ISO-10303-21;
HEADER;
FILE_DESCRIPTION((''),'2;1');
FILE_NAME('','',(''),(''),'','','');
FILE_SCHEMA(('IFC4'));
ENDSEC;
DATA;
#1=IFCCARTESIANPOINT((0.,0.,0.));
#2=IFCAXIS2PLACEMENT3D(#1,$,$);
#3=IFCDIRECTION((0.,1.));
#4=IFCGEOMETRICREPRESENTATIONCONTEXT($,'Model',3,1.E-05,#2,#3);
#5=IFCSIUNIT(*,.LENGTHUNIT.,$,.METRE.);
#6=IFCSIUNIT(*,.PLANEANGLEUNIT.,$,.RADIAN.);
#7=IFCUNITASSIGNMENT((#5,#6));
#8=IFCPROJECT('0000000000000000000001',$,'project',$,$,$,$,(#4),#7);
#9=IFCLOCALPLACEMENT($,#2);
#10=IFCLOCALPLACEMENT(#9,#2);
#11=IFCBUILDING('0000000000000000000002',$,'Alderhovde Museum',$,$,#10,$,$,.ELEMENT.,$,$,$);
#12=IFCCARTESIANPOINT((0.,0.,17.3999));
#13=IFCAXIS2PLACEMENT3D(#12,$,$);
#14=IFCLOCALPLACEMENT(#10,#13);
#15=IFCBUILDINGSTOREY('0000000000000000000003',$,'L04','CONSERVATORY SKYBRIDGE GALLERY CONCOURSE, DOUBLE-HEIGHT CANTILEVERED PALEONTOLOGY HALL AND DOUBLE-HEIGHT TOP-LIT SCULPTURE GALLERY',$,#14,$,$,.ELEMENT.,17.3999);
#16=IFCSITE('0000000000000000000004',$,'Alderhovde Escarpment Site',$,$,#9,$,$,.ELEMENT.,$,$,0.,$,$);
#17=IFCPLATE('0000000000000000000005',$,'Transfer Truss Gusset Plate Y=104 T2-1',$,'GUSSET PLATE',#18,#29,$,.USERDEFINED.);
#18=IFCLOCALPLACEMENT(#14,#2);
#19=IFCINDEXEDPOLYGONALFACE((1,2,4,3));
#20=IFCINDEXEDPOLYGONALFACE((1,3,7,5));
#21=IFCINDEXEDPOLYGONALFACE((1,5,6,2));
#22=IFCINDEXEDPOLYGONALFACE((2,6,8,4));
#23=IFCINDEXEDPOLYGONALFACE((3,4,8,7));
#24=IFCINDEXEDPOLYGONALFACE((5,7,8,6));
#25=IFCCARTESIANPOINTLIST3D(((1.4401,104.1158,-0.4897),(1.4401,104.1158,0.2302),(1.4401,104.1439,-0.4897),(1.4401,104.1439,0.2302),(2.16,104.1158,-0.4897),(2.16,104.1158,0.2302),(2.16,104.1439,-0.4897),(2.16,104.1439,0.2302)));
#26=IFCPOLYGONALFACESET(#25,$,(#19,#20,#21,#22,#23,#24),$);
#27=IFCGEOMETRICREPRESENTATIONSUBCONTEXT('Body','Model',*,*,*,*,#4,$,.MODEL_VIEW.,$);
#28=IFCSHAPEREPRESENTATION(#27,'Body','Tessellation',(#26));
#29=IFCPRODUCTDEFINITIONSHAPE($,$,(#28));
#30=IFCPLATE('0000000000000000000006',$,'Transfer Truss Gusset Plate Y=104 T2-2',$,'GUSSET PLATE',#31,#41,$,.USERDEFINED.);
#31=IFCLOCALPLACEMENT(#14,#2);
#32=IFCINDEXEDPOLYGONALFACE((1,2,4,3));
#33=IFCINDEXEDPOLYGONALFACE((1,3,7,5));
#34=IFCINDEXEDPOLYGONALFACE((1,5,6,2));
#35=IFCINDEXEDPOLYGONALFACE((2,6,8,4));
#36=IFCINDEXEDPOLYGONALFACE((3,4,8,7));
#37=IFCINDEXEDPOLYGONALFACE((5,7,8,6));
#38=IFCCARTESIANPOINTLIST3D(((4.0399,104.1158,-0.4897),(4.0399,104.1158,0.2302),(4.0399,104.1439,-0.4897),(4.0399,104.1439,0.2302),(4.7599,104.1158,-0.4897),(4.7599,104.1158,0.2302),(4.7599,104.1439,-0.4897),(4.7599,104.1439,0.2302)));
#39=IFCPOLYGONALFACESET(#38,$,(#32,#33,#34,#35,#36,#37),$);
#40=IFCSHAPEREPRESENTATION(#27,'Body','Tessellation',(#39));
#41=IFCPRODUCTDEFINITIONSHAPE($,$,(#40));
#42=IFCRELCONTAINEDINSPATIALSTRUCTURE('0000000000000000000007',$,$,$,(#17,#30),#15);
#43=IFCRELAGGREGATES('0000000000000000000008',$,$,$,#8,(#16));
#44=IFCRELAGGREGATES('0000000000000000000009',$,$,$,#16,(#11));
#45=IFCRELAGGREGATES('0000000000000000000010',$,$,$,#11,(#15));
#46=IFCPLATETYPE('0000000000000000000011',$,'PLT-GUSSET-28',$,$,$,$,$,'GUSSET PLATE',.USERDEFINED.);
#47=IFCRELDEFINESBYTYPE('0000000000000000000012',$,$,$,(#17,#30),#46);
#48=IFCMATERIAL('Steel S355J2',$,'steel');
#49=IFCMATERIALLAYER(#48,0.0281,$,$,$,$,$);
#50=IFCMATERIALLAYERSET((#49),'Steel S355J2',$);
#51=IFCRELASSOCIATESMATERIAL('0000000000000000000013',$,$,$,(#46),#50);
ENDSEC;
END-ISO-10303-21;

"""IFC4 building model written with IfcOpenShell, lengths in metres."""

from ifc_helpers import new_model, si_unit, direction, frame, origin, origin_2d, place, context, subcontext, project, spatial, rectangle, extrude, material, layer, layer_set, type_object, element, save


model = new_model("IFC4")

# Units and contexts
model_context = context("Model", 3, precision=1e-05, world=origin(), true_north=direction((0.0, 1.0)))
body_context = subcontext(model_context, "Body", "Model", "MODEL_VIEW")
ifc_project = project(units=[si_unit("LENGTHUNIT", "METRE"), si_unit("PLANEANGLEUNIT", "RADIAN")], contexts=[model_context])

# Site, building, storey
site_placement = place(None, origin())
site = spatial("IfcSite", under=ifc_project, at=site_placement, Name="Alderhovde Escarpment Site", CompositionType="ELEMENT", RefElevation=0.0)
building_placement = place(site_placement, origin())
building = spatial("IfcBuilding", under=site, at=building_placement, Name="Alderhovde Museum", CompositionType="ELEMENT")
storey_placement = place(building_placement, frame((0.0, 0.0, 17.3999)))
storey = spatial("IfcBuildingStorey", under=building, at=storey_placement, Name="L04", Description="CONSERVATORY SKYBRIDGE GALLERY CONCOURSE, DOUBLE-HEIGHT CANTILEVERED PALEONTOLOGY HALL AND DOUBLE-HEIGHT TOP-LIT SCULPTURE GALLERY", CompositionType="ELEMENT", Elevation=17.3999)

# Plates
ifc_material_1 = material(Name="Steel S355J2", Category="steel")
ifc_layer_1 = layer(ifc_material_1, 0.0281)
ifc_layer_set_1 = layer_set([ifc_layer_1], Name="Steel S355J2")
plate_type_1 = type_object("IfcPlateType", Name="PLT-GUSSET-28", ElementType="GUSSET PLATE", PredefinedType="USERDEFINED", material=ifc_layer_set_1)
for number, where, z_axis, x_axis, name in (
    (1, (1.8, 104.1299, -0.4897), (0.0, 0.0, 1.0), (1.0, 0.0, 0.0), "Transfer Truss Gusset Plate Y=104 T2-1"),
    (2, (4.3999, 104.1299, -0.4897), (0.0, 0.0, 1.0), (1.0, 0.0, 0.0), "Transfer Truss Gusset Plate Y=104 T2-2"),
):
    element("IfcPlate", number, at=place(storey_placement, frame(where, z_axis=z_axis, x_axis=x_axis)), inside=storey, type_object=plate_type_1, Name=name, ObjectType="GUSSET PLATE", PredefinedType="USERDEFINED", context=body_context, shape_type="SweptSolid", body=[
        extrude(rectangle(XDim=0.72, YDim=0.0281, at=origin_2d()), origin(), (0.0, 0.0, 1.0), 0.72),
    ])

save(model, "model.ifc")
